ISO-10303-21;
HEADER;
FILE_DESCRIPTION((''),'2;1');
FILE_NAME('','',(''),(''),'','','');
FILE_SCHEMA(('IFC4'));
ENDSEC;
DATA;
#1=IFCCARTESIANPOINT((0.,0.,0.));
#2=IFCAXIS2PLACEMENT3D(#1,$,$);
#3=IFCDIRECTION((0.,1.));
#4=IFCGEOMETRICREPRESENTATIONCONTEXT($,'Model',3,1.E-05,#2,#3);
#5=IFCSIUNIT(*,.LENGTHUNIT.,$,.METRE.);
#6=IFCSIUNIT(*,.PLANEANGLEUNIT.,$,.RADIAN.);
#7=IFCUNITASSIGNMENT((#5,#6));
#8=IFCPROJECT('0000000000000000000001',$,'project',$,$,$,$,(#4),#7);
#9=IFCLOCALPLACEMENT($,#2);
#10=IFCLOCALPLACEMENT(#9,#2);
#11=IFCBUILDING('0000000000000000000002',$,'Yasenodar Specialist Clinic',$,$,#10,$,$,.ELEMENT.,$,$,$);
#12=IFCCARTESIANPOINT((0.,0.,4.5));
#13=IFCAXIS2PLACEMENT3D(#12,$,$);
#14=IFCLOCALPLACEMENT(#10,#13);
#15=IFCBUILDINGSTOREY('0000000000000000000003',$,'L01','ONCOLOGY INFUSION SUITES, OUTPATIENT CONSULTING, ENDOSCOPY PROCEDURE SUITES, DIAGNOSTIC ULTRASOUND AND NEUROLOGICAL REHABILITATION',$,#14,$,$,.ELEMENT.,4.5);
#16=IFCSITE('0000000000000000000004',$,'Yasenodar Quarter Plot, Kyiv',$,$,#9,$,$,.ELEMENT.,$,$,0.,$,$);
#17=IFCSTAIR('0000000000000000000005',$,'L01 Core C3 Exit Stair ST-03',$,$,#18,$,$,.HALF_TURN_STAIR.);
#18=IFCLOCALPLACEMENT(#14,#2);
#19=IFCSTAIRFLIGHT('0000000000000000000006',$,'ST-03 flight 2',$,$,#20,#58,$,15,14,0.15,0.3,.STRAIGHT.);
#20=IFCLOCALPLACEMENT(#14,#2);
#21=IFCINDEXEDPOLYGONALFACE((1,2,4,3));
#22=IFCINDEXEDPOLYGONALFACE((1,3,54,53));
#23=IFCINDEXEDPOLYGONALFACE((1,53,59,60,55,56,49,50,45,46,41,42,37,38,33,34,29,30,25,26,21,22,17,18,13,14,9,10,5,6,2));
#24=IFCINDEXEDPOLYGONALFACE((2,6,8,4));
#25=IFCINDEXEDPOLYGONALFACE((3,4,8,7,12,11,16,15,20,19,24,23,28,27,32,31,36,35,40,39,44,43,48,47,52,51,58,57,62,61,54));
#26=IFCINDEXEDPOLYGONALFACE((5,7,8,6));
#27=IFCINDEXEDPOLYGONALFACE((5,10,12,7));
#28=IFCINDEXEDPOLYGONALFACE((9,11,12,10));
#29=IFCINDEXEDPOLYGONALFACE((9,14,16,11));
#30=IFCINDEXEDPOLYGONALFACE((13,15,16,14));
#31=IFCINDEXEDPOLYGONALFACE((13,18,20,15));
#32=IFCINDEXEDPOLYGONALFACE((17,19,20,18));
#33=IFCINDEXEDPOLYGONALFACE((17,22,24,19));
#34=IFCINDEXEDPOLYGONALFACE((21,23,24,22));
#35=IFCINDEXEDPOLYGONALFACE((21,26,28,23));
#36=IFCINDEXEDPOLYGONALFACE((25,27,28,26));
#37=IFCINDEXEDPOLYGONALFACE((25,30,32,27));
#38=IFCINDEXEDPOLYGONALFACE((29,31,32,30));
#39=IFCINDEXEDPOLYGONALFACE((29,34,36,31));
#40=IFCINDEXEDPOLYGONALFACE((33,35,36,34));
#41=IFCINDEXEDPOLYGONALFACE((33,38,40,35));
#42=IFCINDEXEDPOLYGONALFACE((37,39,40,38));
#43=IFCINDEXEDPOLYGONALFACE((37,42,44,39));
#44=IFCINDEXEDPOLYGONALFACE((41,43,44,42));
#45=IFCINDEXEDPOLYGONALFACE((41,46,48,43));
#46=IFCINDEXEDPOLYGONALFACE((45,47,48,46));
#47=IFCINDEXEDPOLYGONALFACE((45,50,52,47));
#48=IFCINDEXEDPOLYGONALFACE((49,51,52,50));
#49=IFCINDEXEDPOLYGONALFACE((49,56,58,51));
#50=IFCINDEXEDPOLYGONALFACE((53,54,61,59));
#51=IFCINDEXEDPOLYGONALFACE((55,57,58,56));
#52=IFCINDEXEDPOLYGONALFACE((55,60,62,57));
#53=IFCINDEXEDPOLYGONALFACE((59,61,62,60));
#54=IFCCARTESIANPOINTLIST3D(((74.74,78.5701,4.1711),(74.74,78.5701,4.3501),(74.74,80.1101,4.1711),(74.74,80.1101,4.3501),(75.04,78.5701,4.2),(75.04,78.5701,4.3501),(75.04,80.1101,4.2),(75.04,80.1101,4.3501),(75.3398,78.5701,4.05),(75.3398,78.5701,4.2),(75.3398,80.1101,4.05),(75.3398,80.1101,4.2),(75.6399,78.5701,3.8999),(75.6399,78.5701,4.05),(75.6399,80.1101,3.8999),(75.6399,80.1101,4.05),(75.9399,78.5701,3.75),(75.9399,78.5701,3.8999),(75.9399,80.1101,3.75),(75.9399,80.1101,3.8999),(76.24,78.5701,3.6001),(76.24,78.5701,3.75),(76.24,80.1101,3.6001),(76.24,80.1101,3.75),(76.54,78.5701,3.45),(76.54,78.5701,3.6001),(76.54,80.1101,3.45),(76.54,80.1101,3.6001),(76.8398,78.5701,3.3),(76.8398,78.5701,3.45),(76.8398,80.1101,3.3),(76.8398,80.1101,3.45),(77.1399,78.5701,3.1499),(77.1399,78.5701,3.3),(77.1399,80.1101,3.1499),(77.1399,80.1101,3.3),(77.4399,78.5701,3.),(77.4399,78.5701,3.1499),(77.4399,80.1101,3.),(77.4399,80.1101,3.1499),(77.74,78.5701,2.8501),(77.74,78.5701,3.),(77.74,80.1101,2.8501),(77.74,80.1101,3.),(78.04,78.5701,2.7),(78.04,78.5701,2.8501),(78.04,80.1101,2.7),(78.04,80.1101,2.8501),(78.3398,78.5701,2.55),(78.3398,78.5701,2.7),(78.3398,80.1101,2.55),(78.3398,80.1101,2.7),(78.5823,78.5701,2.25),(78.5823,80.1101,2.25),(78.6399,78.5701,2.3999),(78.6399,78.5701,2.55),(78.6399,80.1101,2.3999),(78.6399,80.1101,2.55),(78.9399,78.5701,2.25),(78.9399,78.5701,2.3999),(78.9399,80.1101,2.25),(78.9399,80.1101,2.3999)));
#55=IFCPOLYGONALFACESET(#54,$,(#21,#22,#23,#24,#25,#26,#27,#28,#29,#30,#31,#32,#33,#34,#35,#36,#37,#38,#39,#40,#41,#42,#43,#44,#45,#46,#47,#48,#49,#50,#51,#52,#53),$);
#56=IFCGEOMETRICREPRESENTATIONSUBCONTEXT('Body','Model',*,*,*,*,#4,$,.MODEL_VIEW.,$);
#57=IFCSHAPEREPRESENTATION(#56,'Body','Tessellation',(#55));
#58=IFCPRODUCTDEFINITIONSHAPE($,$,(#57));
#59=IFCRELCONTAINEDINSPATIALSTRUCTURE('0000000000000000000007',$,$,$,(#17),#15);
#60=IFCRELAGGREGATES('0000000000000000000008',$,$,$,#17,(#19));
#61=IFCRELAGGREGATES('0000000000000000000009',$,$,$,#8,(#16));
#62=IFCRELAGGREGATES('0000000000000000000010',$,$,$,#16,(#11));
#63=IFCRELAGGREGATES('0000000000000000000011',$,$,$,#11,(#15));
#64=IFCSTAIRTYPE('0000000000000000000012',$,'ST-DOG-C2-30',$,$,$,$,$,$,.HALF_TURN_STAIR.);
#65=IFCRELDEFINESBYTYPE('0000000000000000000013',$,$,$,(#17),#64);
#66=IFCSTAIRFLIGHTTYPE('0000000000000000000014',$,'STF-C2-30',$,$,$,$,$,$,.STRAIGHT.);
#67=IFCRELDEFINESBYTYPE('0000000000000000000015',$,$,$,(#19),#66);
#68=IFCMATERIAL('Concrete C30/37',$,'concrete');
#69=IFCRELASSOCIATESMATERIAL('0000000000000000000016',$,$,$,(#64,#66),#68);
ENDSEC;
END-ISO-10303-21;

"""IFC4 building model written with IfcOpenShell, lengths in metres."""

from ifc_helpers import new_model, si_unit, direction, frame, origin, place, context, subcontext, project, spatial, polyline, outline, extrude, material, type_object, element, aggregate, save


model = new_model("IFC4")

# Units and contexts
model_context = context("Model", 3, precision=1e-05, world=origin(), true_north=direction((0.0, 1.0)))
body_context = subcontext(model_context, "Body", "Model", "MODEL_VIEW")
ifc_project = project(units=[si_unit("LENGTHUNIT", "METRE"), si_unit("PLANEANGLEUNIT", "RADIAN")], contexts=[model_context])

# Site, building, storey
site_placement = place(None, origin())
site = spatial("IfcSite", under=ifc_project, at=site_placement, Name="Yasenodar Quarter Plot, Kyiv", CompositionType="ELEMENT", RefElevation=0.0)
building_placement = place(site_placement, origin())
building = spatial("IfcBuilding", under=site, at=building_placement, Name="Yasenodar Specialist Clinic", CompositionType="ELEMENT")
storey_placement = place(building_placement, frame((0.0, 0.0, 4.5)))
storey = spatial("IfcBuildingStorey", under=building, at=storey_placement, Name="L01", Description="ONCOLOGY INFUSION SUITES, OUTPATIENT CONSULTING, ENDOSCOPY PROCEDURE SUITES, DIAGNOSTIC ULTRASOUND AND NEUROLOGICAL REHABILITATION", CompositionType="ELEMENT", Elevation=4.5)

# Stair, stair flight
ifc_material_1 = material(Name="Concrete C30/37", Category="concrete")
stair_type = type_object("IfcStairType", Name="ST-DOG-C2-30", PredefinedType="HALF_TURN_STAIR", material=ifc_material_1)
stair_placement = place(storey_placement, origin())
stair = element("IfcStair", 1, at=stair_placement, inside=storey, type_object=stair_type, Name="L01 Core C3 Exit Stair ST-03", PredefinedType="HALF_TURN_STAIR")
stair_flight_type = type_object("IfcStairFlightType", Name="STF-C2-30", PredefinedType="STRAIGHT", material=ifc_material_1)
stair_flight_placement = place(storey_placement, frame((78.9399, 79.3401, 2.25), z_axis=(0.0, 0.0, 1.0), x_axis=(-1.0, 0.0, 0.0)))
stair_flight = element("IfcStairFlight", 2, at=stair_flight_placement, type_object=stair_flight_type, Name="ST-03 flight 2", NumberOfRisers=15, NumberOfTreads=14, PredefinedType="STRAIGHT", RiserHeight=0.15, TreadLength=0.3, context=body_context, shape_type="SweptSolid", body=[
    extrude(outline(polyline([(0.0, 0.0), (0.0, 0.1499), (0.3, 0.1499), (0.3, 0.3), (0.6001, 0.3), (0.6001, 0.45), (0.8999, 0.45), (0.8999, 0.6001), (1.2, 0.6001), (1.2, 0.75), (1.5, 0.75), (1.5, 0.8999), (1.8, 0.8999), (1.8, 1.05), (2.1001, 1.05), (2.1001, 1.2), (2.3999, 1.2), (2.3999, 1.3501), (2.7, 1.3501), (2.7, 1.5), (3.0, 1.5), (3.0, 1.6499), (3.3, 1.6499), (3.3, 1.8), (3.6001, 1.8), (3.6001, 1.95), (3.8999, 1.95), (3.8999, 2.1001), (4.2, 2.1001), (4.2, 2.25), (4.2, 1.9211), (0.3577, 0.0), (0.0, 0.0)])), frame((0.0, 0.77, 0.0), z_axis=(0.0, -1.0, 0.0), x_axis=(1.0, 0.0, 0.0)), (0.0, 0.0, 1.0), 1.54),
])
aggregate(stair, [stair_flight])

save(model, "model.ifc")
